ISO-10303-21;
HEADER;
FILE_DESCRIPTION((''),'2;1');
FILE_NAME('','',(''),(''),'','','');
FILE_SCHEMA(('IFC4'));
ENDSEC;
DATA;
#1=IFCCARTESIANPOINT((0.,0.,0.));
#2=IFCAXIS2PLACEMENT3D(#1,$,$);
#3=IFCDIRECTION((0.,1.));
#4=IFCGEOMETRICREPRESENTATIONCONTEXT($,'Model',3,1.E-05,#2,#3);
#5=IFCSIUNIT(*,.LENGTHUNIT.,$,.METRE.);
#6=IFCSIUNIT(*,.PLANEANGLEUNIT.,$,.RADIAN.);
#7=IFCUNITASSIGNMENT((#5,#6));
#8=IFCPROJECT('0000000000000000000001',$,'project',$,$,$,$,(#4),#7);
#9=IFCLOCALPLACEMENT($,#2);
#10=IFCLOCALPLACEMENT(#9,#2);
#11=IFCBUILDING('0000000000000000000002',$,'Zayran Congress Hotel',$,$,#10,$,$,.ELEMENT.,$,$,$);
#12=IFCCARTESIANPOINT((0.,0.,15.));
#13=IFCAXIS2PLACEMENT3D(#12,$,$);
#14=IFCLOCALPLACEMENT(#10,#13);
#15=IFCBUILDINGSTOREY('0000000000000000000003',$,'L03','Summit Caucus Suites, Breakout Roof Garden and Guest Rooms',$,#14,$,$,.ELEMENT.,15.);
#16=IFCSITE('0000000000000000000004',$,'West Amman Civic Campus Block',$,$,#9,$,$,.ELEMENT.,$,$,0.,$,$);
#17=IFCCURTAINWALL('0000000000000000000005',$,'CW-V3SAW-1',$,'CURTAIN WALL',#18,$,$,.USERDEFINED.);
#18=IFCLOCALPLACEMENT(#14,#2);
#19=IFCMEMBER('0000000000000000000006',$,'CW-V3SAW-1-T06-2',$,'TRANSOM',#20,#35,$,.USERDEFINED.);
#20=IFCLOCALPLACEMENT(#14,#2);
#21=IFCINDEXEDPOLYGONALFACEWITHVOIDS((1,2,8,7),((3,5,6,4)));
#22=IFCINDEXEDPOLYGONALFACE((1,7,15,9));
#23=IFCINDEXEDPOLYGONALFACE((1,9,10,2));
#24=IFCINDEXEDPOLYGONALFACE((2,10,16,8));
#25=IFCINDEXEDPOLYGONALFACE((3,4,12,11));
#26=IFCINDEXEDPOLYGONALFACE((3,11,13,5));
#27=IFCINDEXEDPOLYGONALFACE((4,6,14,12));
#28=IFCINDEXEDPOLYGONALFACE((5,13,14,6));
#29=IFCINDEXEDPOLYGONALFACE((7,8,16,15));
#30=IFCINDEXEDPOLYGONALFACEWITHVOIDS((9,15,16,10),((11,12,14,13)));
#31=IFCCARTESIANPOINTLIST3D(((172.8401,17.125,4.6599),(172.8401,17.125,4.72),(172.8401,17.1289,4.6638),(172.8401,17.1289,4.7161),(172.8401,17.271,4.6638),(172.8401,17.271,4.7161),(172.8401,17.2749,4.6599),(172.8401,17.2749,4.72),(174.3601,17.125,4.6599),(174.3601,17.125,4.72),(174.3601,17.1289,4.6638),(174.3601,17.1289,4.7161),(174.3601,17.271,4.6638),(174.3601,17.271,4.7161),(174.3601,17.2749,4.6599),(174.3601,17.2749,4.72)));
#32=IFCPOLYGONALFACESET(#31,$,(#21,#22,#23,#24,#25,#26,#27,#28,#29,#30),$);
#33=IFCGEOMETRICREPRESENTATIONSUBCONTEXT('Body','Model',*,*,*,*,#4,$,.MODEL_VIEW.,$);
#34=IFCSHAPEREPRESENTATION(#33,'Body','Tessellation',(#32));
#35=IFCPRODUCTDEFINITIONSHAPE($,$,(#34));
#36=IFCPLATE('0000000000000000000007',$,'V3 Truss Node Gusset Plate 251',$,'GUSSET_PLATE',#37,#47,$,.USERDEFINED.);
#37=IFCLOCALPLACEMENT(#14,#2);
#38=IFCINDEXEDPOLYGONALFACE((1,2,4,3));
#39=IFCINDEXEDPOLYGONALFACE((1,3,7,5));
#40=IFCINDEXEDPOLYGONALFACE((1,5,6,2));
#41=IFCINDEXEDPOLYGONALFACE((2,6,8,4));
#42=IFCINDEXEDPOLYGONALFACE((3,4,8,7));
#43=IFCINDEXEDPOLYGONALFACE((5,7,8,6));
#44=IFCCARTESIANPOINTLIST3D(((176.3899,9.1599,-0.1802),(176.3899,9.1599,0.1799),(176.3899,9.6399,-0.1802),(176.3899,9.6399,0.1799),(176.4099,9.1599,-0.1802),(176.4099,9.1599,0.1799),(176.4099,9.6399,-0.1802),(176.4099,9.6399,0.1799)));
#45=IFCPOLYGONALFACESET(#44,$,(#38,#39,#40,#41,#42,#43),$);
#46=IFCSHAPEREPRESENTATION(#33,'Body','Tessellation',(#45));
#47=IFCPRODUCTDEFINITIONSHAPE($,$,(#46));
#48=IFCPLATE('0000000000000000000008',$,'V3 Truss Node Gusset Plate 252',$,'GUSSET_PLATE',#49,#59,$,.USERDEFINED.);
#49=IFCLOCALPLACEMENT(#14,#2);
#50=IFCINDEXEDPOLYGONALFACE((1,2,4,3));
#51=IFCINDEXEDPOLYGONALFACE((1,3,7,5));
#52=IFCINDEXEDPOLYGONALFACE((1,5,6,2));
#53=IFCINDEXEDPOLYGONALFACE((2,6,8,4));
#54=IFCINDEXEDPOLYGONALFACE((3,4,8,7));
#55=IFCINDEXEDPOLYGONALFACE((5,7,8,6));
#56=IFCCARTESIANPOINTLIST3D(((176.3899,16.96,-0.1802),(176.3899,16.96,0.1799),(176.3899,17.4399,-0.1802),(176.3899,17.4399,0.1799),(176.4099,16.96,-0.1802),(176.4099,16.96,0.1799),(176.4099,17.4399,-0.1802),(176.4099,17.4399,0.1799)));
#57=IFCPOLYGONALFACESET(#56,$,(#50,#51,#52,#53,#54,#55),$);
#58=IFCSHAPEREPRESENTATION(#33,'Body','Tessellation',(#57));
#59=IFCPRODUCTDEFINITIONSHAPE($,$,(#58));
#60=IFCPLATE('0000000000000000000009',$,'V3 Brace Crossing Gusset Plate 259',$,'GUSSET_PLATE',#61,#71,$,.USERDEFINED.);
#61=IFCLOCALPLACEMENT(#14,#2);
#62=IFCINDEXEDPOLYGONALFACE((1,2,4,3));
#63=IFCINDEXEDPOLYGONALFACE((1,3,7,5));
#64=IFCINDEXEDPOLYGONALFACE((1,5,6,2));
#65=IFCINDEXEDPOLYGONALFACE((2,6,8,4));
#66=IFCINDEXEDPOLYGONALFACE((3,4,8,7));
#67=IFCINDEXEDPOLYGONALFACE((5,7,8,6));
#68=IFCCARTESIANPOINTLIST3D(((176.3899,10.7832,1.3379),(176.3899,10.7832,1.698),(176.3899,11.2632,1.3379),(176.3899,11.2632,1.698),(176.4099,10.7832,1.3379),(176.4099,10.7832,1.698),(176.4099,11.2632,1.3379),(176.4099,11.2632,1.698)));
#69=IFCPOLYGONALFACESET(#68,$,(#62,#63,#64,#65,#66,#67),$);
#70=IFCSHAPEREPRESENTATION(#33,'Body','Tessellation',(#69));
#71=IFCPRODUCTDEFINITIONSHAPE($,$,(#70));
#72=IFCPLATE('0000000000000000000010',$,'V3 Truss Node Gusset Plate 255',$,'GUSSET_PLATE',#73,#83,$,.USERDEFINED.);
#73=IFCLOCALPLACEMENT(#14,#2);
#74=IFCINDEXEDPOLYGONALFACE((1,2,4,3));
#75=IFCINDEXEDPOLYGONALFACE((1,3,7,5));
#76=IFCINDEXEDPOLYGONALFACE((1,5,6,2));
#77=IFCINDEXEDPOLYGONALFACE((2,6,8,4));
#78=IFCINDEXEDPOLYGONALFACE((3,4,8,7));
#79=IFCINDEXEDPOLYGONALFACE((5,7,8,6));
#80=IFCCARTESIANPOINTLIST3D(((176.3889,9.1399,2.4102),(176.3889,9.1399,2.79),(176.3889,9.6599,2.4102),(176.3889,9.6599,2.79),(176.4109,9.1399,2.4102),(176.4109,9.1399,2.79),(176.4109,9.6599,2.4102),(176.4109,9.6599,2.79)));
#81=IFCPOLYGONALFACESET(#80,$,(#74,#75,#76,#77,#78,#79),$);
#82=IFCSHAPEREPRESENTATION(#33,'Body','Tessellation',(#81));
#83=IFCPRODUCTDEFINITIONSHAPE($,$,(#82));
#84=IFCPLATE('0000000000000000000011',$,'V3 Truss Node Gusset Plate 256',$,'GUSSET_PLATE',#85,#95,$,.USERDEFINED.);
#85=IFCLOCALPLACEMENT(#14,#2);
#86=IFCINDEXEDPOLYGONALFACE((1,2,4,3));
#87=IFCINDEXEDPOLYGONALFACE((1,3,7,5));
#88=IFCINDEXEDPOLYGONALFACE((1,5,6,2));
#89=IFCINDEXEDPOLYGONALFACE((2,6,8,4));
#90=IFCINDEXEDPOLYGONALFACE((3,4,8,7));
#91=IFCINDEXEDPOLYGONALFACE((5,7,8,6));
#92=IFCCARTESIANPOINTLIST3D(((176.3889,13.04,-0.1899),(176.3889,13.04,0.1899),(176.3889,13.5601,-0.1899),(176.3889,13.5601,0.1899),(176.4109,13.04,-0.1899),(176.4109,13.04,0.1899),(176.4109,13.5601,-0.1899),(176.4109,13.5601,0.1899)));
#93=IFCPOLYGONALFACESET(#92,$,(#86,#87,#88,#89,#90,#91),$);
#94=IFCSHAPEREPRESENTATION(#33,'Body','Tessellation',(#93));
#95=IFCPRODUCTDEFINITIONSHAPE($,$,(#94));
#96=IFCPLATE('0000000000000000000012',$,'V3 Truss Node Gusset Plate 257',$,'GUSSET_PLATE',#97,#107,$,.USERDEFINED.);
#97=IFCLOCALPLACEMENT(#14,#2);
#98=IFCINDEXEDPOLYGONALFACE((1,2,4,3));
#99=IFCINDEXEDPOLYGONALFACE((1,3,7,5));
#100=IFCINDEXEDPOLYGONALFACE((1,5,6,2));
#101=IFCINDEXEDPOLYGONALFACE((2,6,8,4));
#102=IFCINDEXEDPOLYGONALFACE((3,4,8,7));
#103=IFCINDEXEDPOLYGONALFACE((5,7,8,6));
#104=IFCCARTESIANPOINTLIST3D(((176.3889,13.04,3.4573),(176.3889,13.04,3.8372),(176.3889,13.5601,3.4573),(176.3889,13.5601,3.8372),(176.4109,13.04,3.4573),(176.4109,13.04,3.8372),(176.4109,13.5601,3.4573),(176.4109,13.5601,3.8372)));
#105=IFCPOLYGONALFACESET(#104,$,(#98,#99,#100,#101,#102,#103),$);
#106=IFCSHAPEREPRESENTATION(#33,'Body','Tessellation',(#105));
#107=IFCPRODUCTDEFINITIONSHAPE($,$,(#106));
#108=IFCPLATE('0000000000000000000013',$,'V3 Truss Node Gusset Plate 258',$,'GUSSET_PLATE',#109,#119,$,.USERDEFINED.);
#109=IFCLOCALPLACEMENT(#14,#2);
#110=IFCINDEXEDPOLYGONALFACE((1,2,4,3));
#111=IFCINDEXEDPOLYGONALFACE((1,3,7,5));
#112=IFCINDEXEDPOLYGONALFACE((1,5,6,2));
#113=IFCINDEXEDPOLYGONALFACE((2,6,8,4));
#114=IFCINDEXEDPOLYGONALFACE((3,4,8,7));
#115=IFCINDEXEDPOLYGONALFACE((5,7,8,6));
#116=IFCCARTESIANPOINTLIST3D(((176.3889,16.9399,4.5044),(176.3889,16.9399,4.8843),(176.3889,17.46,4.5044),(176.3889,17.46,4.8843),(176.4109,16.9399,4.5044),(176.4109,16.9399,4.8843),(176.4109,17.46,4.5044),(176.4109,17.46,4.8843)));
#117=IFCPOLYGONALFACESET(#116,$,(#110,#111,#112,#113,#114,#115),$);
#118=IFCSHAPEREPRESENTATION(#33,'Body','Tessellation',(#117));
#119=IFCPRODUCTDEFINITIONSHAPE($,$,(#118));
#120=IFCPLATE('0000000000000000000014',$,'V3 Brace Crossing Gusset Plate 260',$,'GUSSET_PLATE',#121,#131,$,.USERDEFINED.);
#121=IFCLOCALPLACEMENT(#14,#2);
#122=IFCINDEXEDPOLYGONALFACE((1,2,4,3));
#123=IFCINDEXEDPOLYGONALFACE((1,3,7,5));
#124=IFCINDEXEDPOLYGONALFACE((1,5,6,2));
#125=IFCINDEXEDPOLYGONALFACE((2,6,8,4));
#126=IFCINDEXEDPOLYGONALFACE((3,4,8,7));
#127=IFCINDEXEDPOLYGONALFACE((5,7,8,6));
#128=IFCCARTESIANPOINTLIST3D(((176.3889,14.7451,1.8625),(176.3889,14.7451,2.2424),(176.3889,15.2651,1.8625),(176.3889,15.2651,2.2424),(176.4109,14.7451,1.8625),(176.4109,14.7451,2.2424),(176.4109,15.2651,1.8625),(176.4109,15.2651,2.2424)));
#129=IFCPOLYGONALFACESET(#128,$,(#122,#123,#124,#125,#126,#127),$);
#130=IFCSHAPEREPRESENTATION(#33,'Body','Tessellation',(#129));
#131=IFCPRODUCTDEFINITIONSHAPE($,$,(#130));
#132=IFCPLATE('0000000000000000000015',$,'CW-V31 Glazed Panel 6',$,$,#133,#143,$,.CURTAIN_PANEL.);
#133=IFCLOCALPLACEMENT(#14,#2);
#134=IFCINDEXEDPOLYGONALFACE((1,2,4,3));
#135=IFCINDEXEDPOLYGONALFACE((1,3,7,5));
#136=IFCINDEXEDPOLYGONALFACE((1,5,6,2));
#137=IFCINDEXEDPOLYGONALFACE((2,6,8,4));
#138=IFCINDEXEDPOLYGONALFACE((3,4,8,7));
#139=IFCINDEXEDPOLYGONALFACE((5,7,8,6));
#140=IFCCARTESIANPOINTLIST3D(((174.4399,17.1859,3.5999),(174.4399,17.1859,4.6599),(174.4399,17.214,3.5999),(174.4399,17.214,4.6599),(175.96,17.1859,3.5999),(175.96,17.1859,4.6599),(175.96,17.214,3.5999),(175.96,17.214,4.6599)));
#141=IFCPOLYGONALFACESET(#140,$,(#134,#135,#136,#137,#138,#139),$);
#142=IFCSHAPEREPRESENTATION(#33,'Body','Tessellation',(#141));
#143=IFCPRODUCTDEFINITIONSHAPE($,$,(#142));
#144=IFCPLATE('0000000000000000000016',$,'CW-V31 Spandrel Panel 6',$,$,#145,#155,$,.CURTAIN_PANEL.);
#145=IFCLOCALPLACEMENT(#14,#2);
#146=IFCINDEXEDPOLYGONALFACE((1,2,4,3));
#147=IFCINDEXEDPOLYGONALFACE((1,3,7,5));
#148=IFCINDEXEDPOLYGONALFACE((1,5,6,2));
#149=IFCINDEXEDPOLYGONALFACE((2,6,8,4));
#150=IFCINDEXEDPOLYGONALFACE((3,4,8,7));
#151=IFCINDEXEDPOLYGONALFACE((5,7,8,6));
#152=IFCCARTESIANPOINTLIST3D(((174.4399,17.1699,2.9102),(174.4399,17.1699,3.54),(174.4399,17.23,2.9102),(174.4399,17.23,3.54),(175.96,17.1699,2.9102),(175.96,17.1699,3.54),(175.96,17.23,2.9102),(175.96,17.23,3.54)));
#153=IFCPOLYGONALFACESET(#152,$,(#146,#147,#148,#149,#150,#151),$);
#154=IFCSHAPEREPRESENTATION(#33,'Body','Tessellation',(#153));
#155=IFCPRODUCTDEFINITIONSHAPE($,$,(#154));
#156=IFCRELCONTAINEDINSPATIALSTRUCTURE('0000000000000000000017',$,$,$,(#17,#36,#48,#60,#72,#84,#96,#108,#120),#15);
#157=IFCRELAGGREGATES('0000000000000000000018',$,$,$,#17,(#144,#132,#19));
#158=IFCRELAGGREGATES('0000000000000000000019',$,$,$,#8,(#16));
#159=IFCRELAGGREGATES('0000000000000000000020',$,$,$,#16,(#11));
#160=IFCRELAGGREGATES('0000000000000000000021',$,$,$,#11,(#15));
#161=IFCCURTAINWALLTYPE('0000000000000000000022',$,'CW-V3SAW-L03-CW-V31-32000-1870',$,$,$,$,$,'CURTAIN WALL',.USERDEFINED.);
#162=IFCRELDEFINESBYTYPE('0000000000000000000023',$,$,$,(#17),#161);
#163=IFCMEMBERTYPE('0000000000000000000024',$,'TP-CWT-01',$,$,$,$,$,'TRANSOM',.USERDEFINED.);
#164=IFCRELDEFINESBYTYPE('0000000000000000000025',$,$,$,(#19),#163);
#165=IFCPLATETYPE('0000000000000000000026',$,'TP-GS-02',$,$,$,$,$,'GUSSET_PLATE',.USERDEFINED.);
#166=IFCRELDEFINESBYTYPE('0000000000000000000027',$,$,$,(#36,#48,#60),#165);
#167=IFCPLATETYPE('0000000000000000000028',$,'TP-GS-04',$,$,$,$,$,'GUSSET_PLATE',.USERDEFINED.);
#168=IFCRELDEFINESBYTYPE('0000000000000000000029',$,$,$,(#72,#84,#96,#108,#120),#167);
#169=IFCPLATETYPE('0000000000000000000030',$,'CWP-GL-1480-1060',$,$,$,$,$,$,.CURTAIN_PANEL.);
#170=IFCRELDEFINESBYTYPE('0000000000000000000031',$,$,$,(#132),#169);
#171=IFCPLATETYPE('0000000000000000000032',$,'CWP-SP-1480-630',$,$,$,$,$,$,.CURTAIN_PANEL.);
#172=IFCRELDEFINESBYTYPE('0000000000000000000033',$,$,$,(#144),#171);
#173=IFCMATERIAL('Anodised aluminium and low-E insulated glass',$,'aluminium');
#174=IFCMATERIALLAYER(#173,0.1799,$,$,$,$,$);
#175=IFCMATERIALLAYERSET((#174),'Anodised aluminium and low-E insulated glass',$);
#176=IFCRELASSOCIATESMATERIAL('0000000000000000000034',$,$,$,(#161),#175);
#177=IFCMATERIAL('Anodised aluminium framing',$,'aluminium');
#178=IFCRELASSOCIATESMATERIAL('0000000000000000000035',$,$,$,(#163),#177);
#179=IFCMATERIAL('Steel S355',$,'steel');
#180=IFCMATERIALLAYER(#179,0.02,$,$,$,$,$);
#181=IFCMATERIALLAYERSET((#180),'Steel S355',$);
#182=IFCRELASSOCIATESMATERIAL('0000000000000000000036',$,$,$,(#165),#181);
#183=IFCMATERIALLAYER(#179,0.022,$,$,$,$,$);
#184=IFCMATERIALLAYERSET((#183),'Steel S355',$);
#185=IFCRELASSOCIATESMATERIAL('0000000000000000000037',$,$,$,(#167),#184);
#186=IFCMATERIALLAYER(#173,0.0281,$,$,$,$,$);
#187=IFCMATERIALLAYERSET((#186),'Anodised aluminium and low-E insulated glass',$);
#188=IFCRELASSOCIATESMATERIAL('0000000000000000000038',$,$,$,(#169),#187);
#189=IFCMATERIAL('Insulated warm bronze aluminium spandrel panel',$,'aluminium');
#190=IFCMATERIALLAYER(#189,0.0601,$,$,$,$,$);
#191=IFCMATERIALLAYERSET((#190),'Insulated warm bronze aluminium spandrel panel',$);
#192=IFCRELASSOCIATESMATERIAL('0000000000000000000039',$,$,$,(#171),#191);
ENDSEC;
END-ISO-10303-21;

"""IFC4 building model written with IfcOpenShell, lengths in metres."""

from ifc_helpers import new_model, si_unit, direction, frame, origin, origin_2d, place, context, subcontext, project, spatial, rectangle, hollow_rectangle, extrude, material, layer, layer_set, material_profile, profile_set, type_object, element, aggregate, save


model = new_model("IFC4")

# Units and contexts
model_context = context("Model", 3, precision=1e-05, world=origin(), true_north=direction((0.0, 1.0)))
body_context = subcontext(model_context, "Body", "Model", "MODEL_VIEW")
ifc_project = project(units=[si_unit("LENGTHUNIT", "METRE"), si_unit("PLANEANGLEUNIT", "RADIAN")], contexts=[model_context])

# Site, building, storey
site_placement = place(None, origin())
site = spatial("IfcSite", under=ifc_project, at=site_placement, Name="West Amman Civic Campus Block", CompositionType="ELEMENT", RefElevation=0.0)
building_placement = place(site_placement, origin())
building = spatial("IfcBuilding", under=site, at=building_placement, Name="Zayran Congress Hotel", CompositionType="ELEMENT")
storey_placement = place(building_placement, frame((0.0, 0.0, 15.0)))
storey = spatial("IfcBuildingStorey", under=building, at=storey_placement, Name="L03", Description="Summit Caucus Suites, Breakout Roof Garden and Guest Rooms", CompositionType="ELEMENT", Elevation=15.0)

# Shared definitions
ifc_material_1 = material(Name="Steel S355", Category="steel")

# Curtain wall, member
ifc_material_2 = material(Name="Anodised aluminium and low-E insulated glass", Category="aluminium")
ifc_layer_1 = layer(ifc_material_2, 0.1799)
ifc_layer_set_1 = layer_set([ifc_layer_1], Name="Anodised aluminium and low-E insulated glass")
curtain_wall_type = type_object("IfcCurtainWallType", Name="CW-V3SAW-L03-CW-V31-32000-1870", ElementType="CURTAIN WALL", PredefinedType="USERDEFINED", material=ifc_layer_set_1)
curtain_wall_placement = place(storey_placement, origin())
curtain_wall = element("IfcCurtainWall", 1, at=curtain_wall_placement, inside=storey, type_object=curtain_wall_type, Name="CW-V3SAW-1", ObjectType="CURTAIN WALL", PredefinedType="USERDEFINED")
ifc_material_3 = material(Name="Anodised aluminium framing", Category="aluminium")
ifc_material_profile_1 = material_profile(ifc_material_3, hollow_rectangle(XDim=0.0601, YDim=0.1499, WallThickness=0.0039, at=origin_2d()), Name="RHS 150x60x4")
ifc_profile_set_1 = profile_set([ifc_material_profile_1], Name="Anodised aluminium framing")
member_type_1 = type_object("IfcMemberType", Name="TP-CWT-01", ElementType="TRANSOM", PredefinedType="USERDEFINED", material=ifc_profile_set_1)
member_1_placement = place(storey_placement, frame((174.3601, 17.2, 4.6899), z_axis=(-1.0, 0.0, 0.0), x_axis=(0.0, 0.0, 1.0)))
member_1 = element("IfcMember", 2, at=member_1_placement, type_object=member_type_1, Name="CW-V3SAW-1-T06-2", ObjectType="TRANSOM", PredefinedType="USERDEFINED", context=body_context, shape_type="SweptSolid", body=[
    extrude(hollow_rectangle(XDim=0.0601, YDim=0.1499, WallThickness=0.0039, at=origin_2d()), origin(), (0.0, 0.0, 1.0), 1.52),
])

# Plates
ifc_layer_2 = layer(ifc_material_1, 0.02)
ifc_layer_set_2 = layer_set([ifc_layer_2], Name="Steel S355")
plate_type_1 = type_object("IfcPlateType", Name="TP-GS-02", ElementType="GUSSET_PLATE", PredefinedType="USERDEFINED", material=ifc_layer_set_2)
for number, where, z_axis, x_axis, name in (
    (3, (176.3999, 9.3999, -0.1802), (0.0, 0.0, 1.0), (0.0, 1.0, 0.0), "V3 Truss Node Gusset Plate 251"),
    (4, (176.3999, 17.2, -0.1802), (0.0, 0.0, 1.0), (0.0, 1.0, 0.0), "V3 Truss Node Gusset Plate 252"),
    (5, (176.3999, 11.0232, 1.3379), (0.0, 0.0, 1.0), (0.0, 1.0, 0.0), "V3 Brace Crossing Gusset Plate 259"),
):
    element("IfcPlate", number, at=place(storey_placement, frame(where, z_axis=z_axis, x_axis=x_axis)), inside=storey, type_object=plate_type_1, Name=name, ObjectType="GUSSET_PLATE", PredefinedType="USERDEFINED", context=body_context, shape_type="SweptSolid", body=[
        extrude(rectangle(XDim=0.48, YDim=0.02, at=origin_2d()), origin(), (0.0, 0.0, 1.0), 0.3601),
    ])
ifc_layer_3 = layer(ifc_material_1, 0.022)
ifc_layer_set_3 = layer_set([ifc_layer_3], Name="Steel S355")
plate_type_2 = type_object("IfcPlateType", Name="TP-GS-04", ElementType="GUSSET_PLATE", PredefinedType="USERDEFINED", material=ifc_layer_set_3)
for number, where, z_axis, x_axis, name in (
    (6, (176.3999, 9.3999, 2.4102), (0.0, 0.0, 1.0), (0.0, 1.0, 0.0), "V3 Truss Node Gusset Plate 255"),
    (7, (176.3999, 13.3, -0.1899), (0.0, 0.0, 1.0), (0.0, 1.0, 0.0), "V3 Truss Node Gusset Plate 256"),
    (8, (176.3999, 13.3, 3.4573), (0.0, 0.0, 1.0), (0.0, 1.0, 0.0), "V3 Truss Node Gusset Plate 257"),
    (9, (176.3999, 17.2, 4.5044), (0.0, 0.0, 1.0), (0.0, 1.0, 0.0), "V3 Truss Node Gusset Plate 258"),
    (10, (176.3999, 15.0051, 1.8625), (0.0, 0.0, 1.0), (0.0, 1.0, 0.0), "V3 Brace Crossing Gusset Plate 260"),
):
    element("IfcPlate", number, at=place(storey_placement, frame(where, z_axis=z_axis, x_axis=x_axis)), inside=storey, type_object=plate_type_2, Name=name, ObjectType="GUSSET_PLATE", PredefinedType="USERDEFINED", context=body_context, shape_type="SweptSolid", body=[
        extrude(rectangle(XDim=0.52, YDim=0.022, at=origin_2d()), origin(), (0.0, 0.0, 1.0), 0.3799),
    ])

# Plates
ifc_layer_4 = layer(ifc_material_2, 0.0281)
ifc_layer_set_4 = layer_set([ifc_layer_4], Name="Anodised aluminium and low-E insulated glass")
plate_type_3 = type_object("IfcPlateType", Name="CWP-GL-1480-1060", PredefinedType="CURTAIN_PANEL", material=ifc_layer_set_4)
plate_1_placement = place(storey_placement, frame((175.2, 17.2, 3.5999), z_axis=(0.0, 0.0, 1.0), x_axis=(1.0, 0.0, 0.0)))
plate_1 = element("IfcPlate", 11, at=plate_1_placement, type_object=plate_type_3, Name="CW-V31 Glazed Panel 6", PredefinedType="CURTAIN_PANEL", context=body_context, shape_type="SweptSolid", body=[
    extrude(rectangle(XDim=1.52, YDim=0.0281, at=origin_2d()), origin(), (0.0, 0.0, 1.0), 1.0601),
])
ifc_material_4 = material(Name="Insulated warm bronze aluminium spandrel panel", Category="aluminium")
ifc_layer_5 = layer(ifc_material_4, 0.0601)
ifc_layer_set_5 = layer_set([ifc_layer_5], Name="Insulated warm bronze aluminium spandrel panel")
plate_type_4 = type_object("IfcPlateType", Name="CWP-SP-1480-630", PredefinedType="CURTAIN_PANEL", material=ifc_layer_set_5)
plate_2_placement = place(storey_placement, frame((175.2, 17.2, 2.9102), z_axis=(0.0, 0.0, 1.0), x_axis=(1.0, 0.0, 0.0)))
plate_2 = element("IfcPlate", 12, at=plate_2_placement, type_object=plate_type_4, Name="CW-V31 Spandrel Panel 6", PredefinedType="CURTAIN_PANEL", context=body_context, shape_type="SweptSolid", body=[
    extrude(rectangle(XDim=1.52, YDim=0.0601, at=origin_2d()), origin(), (0.0, 0.0, 1.0), 0.6299),
])
aggregate(curtain_wall, [plate_2, plate_1, member_1])

save(model, "model.ifc")
